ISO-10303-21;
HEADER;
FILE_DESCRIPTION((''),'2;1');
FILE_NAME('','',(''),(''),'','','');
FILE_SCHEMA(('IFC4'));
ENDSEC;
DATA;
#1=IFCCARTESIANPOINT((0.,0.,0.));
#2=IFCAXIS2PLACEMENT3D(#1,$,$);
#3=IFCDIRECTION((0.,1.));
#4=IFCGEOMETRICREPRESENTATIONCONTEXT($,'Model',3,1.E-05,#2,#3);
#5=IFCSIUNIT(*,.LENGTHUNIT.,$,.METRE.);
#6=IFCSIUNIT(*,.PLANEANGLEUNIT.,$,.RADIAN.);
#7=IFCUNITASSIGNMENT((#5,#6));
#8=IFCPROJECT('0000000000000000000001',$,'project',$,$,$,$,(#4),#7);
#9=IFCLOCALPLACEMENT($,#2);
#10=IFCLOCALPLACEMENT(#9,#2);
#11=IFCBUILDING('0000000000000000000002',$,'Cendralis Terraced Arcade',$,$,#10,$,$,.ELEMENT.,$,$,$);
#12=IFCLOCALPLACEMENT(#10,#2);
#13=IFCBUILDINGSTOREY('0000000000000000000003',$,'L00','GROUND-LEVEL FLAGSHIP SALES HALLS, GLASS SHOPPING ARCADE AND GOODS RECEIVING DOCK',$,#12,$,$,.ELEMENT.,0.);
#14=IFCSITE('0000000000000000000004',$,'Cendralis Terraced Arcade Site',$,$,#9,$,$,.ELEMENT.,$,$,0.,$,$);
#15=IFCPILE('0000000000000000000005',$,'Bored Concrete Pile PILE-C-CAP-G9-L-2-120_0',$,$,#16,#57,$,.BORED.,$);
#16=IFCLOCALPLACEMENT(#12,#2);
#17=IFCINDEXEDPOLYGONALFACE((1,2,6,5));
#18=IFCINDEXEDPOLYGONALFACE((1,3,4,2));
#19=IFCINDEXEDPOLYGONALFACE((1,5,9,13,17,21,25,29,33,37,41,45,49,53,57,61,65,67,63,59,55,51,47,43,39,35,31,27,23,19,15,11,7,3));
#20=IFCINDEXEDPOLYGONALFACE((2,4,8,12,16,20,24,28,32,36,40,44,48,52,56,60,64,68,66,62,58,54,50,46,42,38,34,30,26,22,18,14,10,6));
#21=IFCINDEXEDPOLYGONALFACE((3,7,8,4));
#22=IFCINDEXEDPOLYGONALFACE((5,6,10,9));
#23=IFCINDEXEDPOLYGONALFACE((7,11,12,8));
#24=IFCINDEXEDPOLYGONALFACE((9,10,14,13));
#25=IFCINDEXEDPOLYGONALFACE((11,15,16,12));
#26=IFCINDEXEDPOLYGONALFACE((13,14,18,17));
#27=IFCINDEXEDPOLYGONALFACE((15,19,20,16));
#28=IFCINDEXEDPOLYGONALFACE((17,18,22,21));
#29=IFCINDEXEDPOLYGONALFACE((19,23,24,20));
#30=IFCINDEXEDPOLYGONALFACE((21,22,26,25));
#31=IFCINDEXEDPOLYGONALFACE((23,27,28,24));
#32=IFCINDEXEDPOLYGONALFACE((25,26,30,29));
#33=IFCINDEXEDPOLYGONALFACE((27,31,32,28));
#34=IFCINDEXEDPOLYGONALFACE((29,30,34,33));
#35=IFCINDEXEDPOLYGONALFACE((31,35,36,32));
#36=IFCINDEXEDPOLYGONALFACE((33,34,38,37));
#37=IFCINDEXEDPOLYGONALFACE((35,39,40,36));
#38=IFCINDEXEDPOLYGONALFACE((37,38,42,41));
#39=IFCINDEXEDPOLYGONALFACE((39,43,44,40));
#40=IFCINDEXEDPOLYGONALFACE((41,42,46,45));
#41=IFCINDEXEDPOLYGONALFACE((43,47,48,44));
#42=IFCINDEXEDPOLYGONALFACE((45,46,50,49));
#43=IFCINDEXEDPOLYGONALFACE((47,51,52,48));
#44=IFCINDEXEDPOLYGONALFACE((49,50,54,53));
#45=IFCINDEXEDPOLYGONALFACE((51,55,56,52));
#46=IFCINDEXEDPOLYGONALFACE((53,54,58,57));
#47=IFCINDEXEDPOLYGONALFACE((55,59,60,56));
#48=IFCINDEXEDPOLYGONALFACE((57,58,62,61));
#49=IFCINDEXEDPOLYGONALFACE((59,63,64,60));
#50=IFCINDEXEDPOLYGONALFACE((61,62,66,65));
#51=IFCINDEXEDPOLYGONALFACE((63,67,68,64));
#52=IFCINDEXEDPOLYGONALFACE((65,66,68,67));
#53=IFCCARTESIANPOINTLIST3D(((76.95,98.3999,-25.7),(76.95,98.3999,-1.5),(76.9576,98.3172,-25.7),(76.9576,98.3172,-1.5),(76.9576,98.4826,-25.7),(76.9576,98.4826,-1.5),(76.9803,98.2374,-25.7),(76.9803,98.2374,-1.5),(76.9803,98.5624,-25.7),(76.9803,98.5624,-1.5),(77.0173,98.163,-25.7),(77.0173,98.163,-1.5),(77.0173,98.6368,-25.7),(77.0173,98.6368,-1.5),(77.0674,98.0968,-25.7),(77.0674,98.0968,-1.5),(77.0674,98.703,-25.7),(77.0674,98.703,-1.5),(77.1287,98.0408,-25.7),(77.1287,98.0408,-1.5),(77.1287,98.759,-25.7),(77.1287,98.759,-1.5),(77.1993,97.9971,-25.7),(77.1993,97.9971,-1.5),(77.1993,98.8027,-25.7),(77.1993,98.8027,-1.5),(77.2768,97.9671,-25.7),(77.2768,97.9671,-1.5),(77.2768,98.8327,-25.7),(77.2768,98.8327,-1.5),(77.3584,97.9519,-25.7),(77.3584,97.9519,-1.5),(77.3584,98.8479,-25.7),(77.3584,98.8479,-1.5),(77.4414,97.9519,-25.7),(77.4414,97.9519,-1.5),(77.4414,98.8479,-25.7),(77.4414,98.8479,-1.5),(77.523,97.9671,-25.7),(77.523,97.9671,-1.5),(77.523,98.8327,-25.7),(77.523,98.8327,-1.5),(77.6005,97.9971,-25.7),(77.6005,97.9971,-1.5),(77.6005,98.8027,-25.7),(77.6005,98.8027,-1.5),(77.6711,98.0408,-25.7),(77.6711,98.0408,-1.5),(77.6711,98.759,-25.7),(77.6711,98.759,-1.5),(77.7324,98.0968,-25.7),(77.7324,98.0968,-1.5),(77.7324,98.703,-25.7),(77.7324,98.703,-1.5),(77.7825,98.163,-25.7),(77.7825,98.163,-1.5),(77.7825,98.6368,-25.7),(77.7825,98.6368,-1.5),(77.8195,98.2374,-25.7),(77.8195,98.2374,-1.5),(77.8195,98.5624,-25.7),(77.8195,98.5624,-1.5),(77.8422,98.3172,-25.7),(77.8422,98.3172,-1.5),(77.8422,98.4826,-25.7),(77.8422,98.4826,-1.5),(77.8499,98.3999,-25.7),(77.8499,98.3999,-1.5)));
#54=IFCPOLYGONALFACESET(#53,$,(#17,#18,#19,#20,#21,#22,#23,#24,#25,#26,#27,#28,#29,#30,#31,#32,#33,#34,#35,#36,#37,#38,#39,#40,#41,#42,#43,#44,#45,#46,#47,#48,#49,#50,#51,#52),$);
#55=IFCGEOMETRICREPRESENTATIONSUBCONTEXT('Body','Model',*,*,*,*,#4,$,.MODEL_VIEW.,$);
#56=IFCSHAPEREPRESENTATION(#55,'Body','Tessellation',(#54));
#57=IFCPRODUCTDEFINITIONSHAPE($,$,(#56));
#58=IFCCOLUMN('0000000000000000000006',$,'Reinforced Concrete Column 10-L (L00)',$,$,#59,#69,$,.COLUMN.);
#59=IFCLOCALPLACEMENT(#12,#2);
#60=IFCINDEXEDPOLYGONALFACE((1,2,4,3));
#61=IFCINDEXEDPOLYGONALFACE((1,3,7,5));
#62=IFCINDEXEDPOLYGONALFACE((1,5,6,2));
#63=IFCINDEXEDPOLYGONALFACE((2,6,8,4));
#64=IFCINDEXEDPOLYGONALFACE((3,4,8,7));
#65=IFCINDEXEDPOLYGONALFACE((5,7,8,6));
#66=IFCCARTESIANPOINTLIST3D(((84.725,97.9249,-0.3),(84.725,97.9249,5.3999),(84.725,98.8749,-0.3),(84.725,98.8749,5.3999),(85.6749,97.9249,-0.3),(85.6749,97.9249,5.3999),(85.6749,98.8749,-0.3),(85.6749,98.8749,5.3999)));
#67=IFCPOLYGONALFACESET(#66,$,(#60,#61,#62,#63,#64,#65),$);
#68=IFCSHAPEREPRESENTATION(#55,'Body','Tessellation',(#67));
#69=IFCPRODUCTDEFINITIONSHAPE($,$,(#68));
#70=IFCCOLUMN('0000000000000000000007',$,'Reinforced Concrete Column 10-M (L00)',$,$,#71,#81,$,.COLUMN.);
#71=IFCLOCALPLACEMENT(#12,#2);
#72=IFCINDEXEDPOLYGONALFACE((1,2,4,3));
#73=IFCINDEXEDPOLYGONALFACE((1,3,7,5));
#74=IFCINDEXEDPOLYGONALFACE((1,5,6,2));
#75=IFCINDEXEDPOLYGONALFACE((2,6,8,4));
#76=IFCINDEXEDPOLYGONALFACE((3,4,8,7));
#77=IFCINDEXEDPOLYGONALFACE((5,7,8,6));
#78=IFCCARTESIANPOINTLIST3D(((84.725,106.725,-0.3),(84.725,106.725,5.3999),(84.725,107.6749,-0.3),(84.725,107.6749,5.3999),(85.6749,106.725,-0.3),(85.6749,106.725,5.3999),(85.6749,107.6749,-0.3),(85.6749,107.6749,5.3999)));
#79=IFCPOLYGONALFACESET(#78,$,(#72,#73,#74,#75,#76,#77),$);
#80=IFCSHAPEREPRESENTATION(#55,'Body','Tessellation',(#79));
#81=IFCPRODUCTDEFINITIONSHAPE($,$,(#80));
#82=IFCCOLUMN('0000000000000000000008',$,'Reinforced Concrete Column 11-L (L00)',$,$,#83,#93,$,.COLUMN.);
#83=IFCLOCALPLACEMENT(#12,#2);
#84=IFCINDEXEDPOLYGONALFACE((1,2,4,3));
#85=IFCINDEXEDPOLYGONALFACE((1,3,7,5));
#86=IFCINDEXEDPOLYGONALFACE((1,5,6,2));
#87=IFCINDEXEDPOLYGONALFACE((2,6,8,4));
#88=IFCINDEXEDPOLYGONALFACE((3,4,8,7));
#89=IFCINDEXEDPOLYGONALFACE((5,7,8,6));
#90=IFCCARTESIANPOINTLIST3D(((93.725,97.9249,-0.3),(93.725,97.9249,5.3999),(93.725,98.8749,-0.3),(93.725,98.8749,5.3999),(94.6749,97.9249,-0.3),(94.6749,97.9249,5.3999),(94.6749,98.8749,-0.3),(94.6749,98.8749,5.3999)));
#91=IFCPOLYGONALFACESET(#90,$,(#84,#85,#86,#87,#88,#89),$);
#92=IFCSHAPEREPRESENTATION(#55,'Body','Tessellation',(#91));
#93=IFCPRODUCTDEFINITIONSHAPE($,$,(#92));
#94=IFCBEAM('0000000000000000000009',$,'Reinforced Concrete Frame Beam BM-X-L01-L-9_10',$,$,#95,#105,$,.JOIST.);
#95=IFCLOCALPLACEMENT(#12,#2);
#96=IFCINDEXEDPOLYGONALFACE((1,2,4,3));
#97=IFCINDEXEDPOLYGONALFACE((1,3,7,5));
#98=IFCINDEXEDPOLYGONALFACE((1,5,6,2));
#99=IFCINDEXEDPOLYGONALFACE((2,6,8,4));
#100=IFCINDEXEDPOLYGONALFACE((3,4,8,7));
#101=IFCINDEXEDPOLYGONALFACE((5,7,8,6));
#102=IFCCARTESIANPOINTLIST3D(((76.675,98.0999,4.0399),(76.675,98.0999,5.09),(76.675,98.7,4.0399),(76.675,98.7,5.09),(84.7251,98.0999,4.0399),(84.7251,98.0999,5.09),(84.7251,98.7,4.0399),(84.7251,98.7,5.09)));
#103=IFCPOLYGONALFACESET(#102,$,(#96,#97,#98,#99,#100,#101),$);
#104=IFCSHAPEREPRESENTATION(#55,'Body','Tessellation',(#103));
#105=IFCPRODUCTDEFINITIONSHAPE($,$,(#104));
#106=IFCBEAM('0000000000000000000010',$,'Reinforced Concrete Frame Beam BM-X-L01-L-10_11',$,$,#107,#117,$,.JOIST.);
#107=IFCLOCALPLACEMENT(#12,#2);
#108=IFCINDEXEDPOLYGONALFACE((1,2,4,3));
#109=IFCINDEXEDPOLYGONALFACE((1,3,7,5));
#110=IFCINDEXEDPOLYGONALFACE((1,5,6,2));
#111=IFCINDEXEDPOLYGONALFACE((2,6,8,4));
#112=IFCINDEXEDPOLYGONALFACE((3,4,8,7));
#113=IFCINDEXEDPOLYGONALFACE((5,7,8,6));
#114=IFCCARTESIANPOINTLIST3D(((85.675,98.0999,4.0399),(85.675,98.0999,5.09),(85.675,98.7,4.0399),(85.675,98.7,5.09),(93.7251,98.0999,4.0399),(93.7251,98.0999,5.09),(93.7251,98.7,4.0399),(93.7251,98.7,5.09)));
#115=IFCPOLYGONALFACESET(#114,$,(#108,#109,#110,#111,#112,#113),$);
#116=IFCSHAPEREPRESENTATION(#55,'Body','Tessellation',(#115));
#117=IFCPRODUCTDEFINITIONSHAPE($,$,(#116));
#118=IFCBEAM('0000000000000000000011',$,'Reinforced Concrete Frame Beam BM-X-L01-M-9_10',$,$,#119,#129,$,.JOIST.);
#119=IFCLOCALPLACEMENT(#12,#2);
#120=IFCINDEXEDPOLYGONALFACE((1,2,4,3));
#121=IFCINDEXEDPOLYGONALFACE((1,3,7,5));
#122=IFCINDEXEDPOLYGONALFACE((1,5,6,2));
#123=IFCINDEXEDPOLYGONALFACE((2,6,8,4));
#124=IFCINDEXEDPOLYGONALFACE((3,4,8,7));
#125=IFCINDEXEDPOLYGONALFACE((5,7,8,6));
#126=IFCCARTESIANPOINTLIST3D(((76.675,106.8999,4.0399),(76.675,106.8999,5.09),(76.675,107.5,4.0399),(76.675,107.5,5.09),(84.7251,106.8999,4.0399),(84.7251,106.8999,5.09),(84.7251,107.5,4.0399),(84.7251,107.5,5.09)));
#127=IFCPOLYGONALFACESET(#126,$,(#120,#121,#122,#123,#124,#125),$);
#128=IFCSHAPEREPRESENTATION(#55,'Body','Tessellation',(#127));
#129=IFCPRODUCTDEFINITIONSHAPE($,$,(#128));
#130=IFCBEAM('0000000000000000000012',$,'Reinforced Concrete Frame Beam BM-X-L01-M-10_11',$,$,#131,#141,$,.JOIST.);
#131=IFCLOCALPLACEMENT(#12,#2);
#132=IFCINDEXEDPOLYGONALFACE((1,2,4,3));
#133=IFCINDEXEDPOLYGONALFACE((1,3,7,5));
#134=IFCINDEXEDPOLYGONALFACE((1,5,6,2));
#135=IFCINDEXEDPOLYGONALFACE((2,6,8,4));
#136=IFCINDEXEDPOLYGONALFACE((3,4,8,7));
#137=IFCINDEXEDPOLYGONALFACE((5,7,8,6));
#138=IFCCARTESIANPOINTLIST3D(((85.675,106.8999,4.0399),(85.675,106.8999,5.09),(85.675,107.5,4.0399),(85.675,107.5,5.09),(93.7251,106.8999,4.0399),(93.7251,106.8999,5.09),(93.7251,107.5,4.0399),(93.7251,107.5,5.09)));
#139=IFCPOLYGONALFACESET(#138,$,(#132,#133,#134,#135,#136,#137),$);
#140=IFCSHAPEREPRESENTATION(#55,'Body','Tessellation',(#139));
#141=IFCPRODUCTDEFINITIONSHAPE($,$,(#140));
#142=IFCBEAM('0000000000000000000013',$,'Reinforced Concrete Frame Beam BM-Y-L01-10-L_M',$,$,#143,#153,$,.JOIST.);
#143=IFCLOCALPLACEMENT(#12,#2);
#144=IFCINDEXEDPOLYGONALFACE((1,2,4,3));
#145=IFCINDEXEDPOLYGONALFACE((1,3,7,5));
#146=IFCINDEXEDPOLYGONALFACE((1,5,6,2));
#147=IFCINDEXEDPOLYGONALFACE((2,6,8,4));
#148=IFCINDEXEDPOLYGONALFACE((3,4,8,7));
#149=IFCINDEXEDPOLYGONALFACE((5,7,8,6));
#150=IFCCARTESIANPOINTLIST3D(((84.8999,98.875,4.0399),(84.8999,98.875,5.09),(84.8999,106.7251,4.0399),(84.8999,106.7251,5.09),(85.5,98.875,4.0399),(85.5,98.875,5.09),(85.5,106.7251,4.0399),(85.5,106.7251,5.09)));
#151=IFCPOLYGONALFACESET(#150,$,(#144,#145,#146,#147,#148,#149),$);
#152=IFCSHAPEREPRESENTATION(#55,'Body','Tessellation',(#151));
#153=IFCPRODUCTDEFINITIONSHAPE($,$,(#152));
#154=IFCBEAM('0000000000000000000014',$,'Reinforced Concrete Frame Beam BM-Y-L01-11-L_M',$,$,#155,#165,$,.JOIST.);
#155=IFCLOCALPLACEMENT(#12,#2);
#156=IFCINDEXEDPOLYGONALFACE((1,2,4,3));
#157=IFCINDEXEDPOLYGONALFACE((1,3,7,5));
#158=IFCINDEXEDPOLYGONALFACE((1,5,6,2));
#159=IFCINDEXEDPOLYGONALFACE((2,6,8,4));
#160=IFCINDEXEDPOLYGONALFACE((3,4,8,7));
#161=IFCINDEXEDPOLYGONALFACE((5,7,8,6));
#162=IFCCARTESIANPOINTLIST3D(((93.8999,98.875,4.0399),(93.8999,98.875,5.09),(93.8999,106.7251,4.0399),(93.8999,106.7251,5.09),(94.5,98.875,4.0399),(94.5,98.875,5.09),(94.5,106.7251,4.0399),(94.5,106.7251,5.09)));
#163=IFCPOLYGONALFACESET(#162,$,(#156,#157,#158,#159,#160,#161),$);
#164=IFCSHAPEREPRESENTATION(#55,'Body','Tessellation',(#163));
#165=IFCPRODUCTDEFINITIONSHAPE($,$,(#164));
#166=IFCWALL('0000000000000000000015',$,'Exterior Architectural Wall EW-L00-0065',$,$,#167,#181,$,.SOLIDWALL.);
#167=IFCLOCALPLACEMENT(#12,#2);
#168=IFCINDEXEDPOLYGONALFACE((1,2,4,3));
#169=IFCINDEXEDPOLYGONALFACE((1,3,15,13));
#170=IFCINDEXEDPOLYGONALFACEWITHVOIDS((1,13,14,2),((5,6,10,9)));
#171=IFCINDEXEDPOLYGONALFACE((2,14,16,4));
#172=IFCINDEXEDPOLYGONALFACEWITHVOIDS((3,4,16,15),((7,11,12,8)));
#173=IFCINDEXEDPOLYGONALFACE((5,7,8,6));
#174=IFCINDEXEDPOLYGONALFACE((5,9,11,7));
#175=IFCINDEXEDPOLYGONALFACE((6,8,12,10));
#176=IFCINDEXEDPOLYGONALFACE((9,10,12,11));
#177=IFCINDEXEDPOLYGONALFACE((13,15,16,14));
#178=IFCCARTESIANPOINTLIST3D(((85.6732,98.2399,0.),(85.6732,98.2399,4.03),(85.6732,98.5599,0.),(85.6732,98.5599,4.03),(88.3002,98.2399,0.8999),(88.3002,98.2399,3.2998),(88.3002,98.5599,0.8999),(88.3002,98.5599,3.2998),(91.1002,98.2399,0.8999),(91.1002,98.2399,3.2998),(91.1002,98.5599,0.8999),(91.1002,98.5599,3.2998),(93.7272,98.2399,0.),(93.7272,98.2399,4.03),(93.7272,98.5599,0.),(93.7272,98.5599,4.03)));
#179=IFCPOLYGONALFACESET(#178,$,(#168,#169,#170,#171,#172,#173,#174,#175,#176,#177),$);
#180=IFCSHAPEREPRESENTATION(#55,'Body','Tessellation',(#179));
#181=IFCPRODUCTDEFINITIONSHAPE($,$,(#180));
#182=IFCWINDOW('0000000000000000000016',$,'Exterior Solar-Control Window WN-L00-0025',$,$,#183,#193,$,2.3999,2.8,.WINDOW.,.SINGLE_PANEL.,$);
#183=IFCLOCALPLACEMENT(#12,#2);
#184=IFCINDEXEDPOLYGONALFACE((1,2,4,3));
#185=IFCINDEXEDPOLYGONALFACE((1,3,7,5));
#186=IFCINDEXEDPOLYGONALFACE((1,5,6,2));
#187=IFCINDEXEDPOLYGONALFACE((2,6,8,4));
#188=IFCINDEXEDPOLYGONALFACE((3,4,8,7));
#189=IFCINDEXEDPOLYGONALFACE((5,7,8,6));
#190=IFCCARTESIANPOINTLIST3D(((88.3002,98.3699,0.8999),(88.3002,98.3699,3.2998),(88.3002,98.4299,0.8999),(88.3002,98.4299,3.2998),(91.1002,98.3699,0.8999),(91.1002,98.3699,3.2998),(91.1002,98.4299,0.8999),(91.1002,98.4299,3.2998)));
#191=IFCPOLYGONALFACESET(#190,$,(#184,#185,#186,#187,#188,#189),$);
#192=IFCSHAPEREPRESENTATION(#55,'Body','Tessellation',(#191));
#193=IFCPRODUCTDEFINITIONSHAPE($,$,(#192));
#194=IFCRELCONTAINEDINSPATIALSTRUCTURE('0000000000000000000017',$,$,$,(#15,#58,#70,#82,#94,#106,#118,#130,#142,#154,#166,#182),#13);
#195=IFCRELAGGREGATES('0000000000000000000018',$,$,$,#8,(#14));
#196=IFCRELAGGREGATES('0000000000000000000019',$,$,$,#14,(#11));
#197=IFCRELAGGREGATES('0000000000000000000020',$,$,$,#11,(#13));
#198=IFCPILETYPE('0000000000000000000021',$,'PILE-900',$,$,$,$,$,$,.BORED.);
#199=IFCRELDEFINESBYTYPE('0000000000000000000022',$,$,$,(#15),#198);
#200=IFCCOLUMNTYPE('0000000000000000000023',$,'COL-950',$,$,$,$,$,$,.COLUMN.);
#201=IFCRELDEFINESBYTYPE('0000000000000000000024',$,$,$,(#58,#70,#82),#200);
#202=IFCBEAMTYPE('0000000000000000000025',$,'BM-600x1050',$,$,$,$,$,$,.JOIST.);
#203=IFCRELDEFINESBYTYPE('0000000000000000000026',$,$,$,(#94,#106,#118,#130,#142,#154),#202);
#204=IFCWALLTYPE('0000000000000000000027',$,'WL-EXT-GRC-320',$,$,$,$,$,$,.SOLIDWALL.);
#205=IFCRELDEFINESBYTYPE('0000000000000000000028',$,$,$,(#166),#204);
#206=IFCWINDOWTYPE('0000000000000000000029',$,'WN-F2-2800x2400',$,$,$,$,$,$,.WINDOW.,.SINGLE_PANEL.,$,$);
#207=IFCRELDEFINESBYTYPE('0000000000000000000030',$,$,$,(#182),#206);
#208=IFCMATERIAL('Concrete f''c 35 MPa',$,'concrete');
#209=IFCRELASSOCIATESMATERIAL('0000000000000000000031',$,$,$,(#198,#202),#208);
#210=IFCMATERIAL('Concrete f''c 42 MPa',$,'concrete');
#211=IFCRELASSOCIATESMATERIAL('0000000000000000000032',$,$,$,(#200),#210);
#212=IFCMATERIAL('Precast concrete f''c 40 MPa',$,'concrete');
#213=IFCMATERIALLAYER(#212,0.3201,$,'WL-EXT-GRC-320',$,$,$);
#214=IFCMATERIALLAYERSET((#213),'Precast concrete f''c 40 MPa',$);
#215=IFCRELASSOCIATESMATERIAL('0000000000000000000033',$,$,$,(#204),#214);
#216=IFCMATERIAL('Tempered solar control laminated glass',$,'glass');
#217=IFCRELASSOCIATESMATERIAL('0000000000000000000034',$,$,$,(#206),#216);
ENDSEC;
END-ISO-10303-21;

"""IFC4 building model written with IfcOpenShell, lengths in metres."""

from ifc_helpers import new_model, si_unit, direction, frame, frame_2d, origin, origin_2d, place, context, subcontext, project, spatial, rectangle, circle, extrude, material, layer, layer_set, material_profile, profile_set, type_object, element, fill, save


model = new_model("IFC4")

# Units and contexts
model_context = context("Model", 3, precision=1e-05, world=origin(), true_north=direction((0.0, 1.0)))
body_context = subcontext(model_context, "Body", "Model", "MODEL_VIEW")
ifc_project = project(units=[si_unit("LENGTHUNIT", "METRE"), si_unit("PLANEANGLEUNIT", "RADIAN")], contexts=[model_context])

# Site, building, storey
site_placement = place(None, origin())
site = spatial("IfcSite", under=ifc_project, at=site_placement, Name="Cendralis Terraced Arcade Site", CompositionType="ELEMENT", RefElevation=0.0)
building_placement = place(site_placement, origin())
building = spatial("IfcBuilding", under=site, at=building_placement, Name="Cendralis Terraced Arcade", CompositionType="ELEMENT")
storey_placement = place(building_placement, origin())
storey = spatial("IfcBuildingStorey", under=building, at=storey_placement, Name="L00", Description="GROUND-LEVEL FLAGSHIP SALES HALLS, GLASS SHOPPING ARCADE AND GOODS RECEIVING DOCK", CompositionType="ELEMENT", Elevation=0.0)

# Shared definitions
ifc_material_1 = material(Name="Concrete f'c 35 MPa", Category="concrete")

# Pile
ifc_material_profile_1 = material_profile(ifc_material_1, circle(Radius=0.45, at=origin_2d()), Name="PILE-D900", Category="LoadBearing")
ifc_profile_set_1 = profile_set([ifc_material_profile_1], Name="Concrete f'c 35 MPa")
pile_type_1 = type_object("IfcPileType", Name="PILE-900", PredefinedType="BORED", material=ifc_profile_set_1)
for number, where, z_axis, x_axis, name in (
    (1, (77.3999, 98.3999, -1.5), (0.0, 0.0, -1.0), (1.0, 0.0, 0.0), "Bored Concrete Pile PILE-C-CAP-G9-L-2-120_0"),
):
    element("IfcPile", number, at=place(storey_placement, frame(where, z_axis=z_axis, x_axis=x_axis)), inside=storey, type_object=pile_type_1, Name=name, PredefinedType="BORED", context=body_context, shape_type="SweptSolid", body=[
        extrude(circle(Radius=0.45, at=origin_2d()), origin(), (0.0, 0.0, 1.0), 24.2),
    ])

# Columns
ifc_material_2 = material(Name="Concrete f'c 42 MPa", Category="concrete")
ifc_material_profile_2 = material_profile(ifc_material_2, rectangle(XDim=0.95, YDim=0.95, at=origin_2d()), Name="RC-COL-950x950", Category="LoadBearing")
ifc_profile_set_2 = profile_set([ifc_material_profile_2], Name="Concrete f'c 42 MPa")
column_type = type_object("IfcColumnType", Name="COL-950", PredefinedType="COLUMN", material=ifc_profile_set_2)
for number, where, z_axis, x_axis, name in (
    (2, (85.2, 98.3999, -0.3), (0.0, 0.0, 1.0), (1.0, 0.0, 0.0), "Reinforced Concrete Column 10-L (L00)"),
    (3, (85.2, 107.2, -0.3), (0.0, 0.0, 1.0), (1.0, 0.0, 0.0), "Reinforced Concrete Column 10-M (L00)"),
    (4, (94.2, 98.3999, -0.3), (0.0, 0.0, 1.0), (1.0, 0.0, 0.0), "Reinforced Concrete Column 11-L (L00)"),
):
    element("IfcColumn", number, at=place(storey_placement, frame(where, z_axis=z_axis, x_axis=x_axis)), inside=storey, type_object=column_type, Name=name, PredefinedType="COLUMN", context=body_context, shape_type="SweptSolid", body=[
        extrude(rectangle(XDim=0.95, YDim=0.95, at=origin_2d()), origin(), (0.0, 0.0, 1.0), 5.7),
    ])

# Beams
ifc_material_profile_3 = material_profile(ifc_material_1, rectangle(XDim=0.6001, YDim=1.05, at=origin_2d()), Name="RC-BM-600x1050", Category="LoadBearing")
ifc_profile_set_3 = profile_set([ifc_material_profile_3], Name="Concrete f'c 35 MPa")
beam_type = type_object("IfcBeamType", Name="BM-600x1050", PredefinedType="JOIST", material=ifc_profile_set_3)
for number, where, z_axis, x_axis, name in (
    (5, (76.675, 98.3999, 4.5649), (1.0, 0.0, 0.0), (0.0, 1.0, 0.0), "Reinforced Concrete Frame Beam BM-X-L01-L-9_10"),
    (6, (85.675, 98.3999, 4.5649), (1.0, 0.0, 0.0), (0.0, 1.0, 0.0), "Reinforced Concrete Frame Beam BM-X-L01-L-10_11"),
    (7, (76.675, 107.2, 4.5649), (1.0, 0.0, 0.0), (0.0, 1.0, 0.0), "Reinforced Concrete Frame Beam BM-X-L01-M-9_10"),
    (8, (85.675, 107.2, 4.5649), (1.0, 0.0, 0.0), (0.0, 1.0, 0.0), "Reinforced Concrete Frame Beam BM-X-L01-M-10_11"),
):
    element("IfcBeam", number, at=place(storey_placement, frame(where, z_axis=z_axis, x_axis=x_axis)), inside=storey, type_object=beam_type, Name=name, PredefinedType="JOIST", context=body_context, shape_type="SweptSolid", body=[
        extrude(rectangle(XDim=0.6001, YDim=1.05, at=origin_2d()), origin(), (0.0, 0.0, 1.0), 8.05),
    ])
for number, where, z_axis, x_axis, name in (
    (9, (85.2, 98.875, 4.5649), (0.0, 1.0, 0.0), (-1.0, 0.0, 0.0), "Reinforced Concrete Frame Beam BM-Y-L01-10-L_M"),
    (10, (94.2, 98.875, 4.5649), (0.0, 1.0, 0.0), (-1.0, 0.0, 0.0), "Reinforced Concrete Frame Beam BM-Y-L01-11-L_M"),
):
    element("IfcBeam", number, at=place(storey_placement, frame(where, z_axis=z_axis, x_axis=x_axis)), inside=storey, type_object=beam_type, Name=name, PredefinedType="JOIST", context=body_context, shape_type="SweptSolid", body=[
        extrude(rectangle(XDim=0.6001, YDim=1.05, at=origin_2d()), origin(), (0.0, 0.0, 1.0), 7.8501),
    ])

# Wall, opening, window
ifc_material_3 = material(Name="Precast concrete f'c 40 MPa", Category="concrete")
ifc_layer_1 = layer(ifc_material_3, 0.3201, Name="WL-EXT-GRC-320")
ifc_layer_set_1 = layer_set([ifc_layer_1], Name="Precast concrete f'c 40 MPa")
wall_type = type_object("IfcWallType", Name="WL-EXT-GRC-320", PredefinedType="SOLIDWALL", material=ifc_layer_set_1)
wall_1_placement = place(storey_placement, frame((93.7271, 98.3999, 0.0), z_axis=(0.0, 0.0, 1.0), x_axis=(-1.0, 0.0, 0.0)))
wall_1 = element("IfcWall", 11, at=wall_1_placement, inside=storey, type_object=wall_type, Name="Exterior Architectural Wall EW-L00-0065", PredefinedType="SOLIDWALL", context=body_context, shape_type="SweptSolid", body=[
    extrude(rectangle(XDim=8.054, YDim=0.3201, at=frame_2d((4.0269, 0.0))), origin(), (0.0, 0.0, 1.0), 4.03),
])
opening_1_placement = place(wall_1_placement, frame((2.627, 0.0, 0.8999)))
opening_1 = element("IfcOpeningElement", 12, at=opening_1_placement, cuts=wall_1, PredefinedType="OPENING", context=body_context, shape_type="SweptSolid", body=[
    extrude(rectangle(XDim=2.8, YDim=2.3999, at=frame_2d((1.3999, 1.2))), frame((0.0, 0.1719, 0.0), z_axis=(0.0, -1.0, 0.0), x_axis=(1.0, 0.0, 0.0)), (0.0, 0.0, 1.0), 0.344),
])
ifc_material_4 = material(Name="Tempered solar control laminated glass", Category="glass")
window_type_1 = type_object("IfcWindowType", Name="WN-F2-2800x2400", PartitioningType="SINGLE_PANEL", PredefinedType="WINDOW", material=ifc_material_4)
window_1_placement = place(opening_1_placement, origin())
window_1 = element("IfcWindow", 13, at=window_1_placement, inside=storey, type_object=window_type_1, Name="Exterior Solar-Control Window WN-L00-0025", OverallHeight=2.3999, OverallWidth=2.8, PartitioningType="SINGLE_PANEL", PredefinedType="WINDOW", context=body_context, shape_type="SweptSolid", body=[
    extrude(rectangle(XDim=2.8, YDim=2.3999, at=frame_2d((1.3999, 1.2))), frame((0.0, 0.03, 0.0), z_axis=(0.0, -1.0, 0.0), x_axis=(1.0, 0.0, 0.0)), (0.0, 0.0, 1.0), 0.0601),
])
fill(opening_1, window_1)

save(model, "model.ifc")
